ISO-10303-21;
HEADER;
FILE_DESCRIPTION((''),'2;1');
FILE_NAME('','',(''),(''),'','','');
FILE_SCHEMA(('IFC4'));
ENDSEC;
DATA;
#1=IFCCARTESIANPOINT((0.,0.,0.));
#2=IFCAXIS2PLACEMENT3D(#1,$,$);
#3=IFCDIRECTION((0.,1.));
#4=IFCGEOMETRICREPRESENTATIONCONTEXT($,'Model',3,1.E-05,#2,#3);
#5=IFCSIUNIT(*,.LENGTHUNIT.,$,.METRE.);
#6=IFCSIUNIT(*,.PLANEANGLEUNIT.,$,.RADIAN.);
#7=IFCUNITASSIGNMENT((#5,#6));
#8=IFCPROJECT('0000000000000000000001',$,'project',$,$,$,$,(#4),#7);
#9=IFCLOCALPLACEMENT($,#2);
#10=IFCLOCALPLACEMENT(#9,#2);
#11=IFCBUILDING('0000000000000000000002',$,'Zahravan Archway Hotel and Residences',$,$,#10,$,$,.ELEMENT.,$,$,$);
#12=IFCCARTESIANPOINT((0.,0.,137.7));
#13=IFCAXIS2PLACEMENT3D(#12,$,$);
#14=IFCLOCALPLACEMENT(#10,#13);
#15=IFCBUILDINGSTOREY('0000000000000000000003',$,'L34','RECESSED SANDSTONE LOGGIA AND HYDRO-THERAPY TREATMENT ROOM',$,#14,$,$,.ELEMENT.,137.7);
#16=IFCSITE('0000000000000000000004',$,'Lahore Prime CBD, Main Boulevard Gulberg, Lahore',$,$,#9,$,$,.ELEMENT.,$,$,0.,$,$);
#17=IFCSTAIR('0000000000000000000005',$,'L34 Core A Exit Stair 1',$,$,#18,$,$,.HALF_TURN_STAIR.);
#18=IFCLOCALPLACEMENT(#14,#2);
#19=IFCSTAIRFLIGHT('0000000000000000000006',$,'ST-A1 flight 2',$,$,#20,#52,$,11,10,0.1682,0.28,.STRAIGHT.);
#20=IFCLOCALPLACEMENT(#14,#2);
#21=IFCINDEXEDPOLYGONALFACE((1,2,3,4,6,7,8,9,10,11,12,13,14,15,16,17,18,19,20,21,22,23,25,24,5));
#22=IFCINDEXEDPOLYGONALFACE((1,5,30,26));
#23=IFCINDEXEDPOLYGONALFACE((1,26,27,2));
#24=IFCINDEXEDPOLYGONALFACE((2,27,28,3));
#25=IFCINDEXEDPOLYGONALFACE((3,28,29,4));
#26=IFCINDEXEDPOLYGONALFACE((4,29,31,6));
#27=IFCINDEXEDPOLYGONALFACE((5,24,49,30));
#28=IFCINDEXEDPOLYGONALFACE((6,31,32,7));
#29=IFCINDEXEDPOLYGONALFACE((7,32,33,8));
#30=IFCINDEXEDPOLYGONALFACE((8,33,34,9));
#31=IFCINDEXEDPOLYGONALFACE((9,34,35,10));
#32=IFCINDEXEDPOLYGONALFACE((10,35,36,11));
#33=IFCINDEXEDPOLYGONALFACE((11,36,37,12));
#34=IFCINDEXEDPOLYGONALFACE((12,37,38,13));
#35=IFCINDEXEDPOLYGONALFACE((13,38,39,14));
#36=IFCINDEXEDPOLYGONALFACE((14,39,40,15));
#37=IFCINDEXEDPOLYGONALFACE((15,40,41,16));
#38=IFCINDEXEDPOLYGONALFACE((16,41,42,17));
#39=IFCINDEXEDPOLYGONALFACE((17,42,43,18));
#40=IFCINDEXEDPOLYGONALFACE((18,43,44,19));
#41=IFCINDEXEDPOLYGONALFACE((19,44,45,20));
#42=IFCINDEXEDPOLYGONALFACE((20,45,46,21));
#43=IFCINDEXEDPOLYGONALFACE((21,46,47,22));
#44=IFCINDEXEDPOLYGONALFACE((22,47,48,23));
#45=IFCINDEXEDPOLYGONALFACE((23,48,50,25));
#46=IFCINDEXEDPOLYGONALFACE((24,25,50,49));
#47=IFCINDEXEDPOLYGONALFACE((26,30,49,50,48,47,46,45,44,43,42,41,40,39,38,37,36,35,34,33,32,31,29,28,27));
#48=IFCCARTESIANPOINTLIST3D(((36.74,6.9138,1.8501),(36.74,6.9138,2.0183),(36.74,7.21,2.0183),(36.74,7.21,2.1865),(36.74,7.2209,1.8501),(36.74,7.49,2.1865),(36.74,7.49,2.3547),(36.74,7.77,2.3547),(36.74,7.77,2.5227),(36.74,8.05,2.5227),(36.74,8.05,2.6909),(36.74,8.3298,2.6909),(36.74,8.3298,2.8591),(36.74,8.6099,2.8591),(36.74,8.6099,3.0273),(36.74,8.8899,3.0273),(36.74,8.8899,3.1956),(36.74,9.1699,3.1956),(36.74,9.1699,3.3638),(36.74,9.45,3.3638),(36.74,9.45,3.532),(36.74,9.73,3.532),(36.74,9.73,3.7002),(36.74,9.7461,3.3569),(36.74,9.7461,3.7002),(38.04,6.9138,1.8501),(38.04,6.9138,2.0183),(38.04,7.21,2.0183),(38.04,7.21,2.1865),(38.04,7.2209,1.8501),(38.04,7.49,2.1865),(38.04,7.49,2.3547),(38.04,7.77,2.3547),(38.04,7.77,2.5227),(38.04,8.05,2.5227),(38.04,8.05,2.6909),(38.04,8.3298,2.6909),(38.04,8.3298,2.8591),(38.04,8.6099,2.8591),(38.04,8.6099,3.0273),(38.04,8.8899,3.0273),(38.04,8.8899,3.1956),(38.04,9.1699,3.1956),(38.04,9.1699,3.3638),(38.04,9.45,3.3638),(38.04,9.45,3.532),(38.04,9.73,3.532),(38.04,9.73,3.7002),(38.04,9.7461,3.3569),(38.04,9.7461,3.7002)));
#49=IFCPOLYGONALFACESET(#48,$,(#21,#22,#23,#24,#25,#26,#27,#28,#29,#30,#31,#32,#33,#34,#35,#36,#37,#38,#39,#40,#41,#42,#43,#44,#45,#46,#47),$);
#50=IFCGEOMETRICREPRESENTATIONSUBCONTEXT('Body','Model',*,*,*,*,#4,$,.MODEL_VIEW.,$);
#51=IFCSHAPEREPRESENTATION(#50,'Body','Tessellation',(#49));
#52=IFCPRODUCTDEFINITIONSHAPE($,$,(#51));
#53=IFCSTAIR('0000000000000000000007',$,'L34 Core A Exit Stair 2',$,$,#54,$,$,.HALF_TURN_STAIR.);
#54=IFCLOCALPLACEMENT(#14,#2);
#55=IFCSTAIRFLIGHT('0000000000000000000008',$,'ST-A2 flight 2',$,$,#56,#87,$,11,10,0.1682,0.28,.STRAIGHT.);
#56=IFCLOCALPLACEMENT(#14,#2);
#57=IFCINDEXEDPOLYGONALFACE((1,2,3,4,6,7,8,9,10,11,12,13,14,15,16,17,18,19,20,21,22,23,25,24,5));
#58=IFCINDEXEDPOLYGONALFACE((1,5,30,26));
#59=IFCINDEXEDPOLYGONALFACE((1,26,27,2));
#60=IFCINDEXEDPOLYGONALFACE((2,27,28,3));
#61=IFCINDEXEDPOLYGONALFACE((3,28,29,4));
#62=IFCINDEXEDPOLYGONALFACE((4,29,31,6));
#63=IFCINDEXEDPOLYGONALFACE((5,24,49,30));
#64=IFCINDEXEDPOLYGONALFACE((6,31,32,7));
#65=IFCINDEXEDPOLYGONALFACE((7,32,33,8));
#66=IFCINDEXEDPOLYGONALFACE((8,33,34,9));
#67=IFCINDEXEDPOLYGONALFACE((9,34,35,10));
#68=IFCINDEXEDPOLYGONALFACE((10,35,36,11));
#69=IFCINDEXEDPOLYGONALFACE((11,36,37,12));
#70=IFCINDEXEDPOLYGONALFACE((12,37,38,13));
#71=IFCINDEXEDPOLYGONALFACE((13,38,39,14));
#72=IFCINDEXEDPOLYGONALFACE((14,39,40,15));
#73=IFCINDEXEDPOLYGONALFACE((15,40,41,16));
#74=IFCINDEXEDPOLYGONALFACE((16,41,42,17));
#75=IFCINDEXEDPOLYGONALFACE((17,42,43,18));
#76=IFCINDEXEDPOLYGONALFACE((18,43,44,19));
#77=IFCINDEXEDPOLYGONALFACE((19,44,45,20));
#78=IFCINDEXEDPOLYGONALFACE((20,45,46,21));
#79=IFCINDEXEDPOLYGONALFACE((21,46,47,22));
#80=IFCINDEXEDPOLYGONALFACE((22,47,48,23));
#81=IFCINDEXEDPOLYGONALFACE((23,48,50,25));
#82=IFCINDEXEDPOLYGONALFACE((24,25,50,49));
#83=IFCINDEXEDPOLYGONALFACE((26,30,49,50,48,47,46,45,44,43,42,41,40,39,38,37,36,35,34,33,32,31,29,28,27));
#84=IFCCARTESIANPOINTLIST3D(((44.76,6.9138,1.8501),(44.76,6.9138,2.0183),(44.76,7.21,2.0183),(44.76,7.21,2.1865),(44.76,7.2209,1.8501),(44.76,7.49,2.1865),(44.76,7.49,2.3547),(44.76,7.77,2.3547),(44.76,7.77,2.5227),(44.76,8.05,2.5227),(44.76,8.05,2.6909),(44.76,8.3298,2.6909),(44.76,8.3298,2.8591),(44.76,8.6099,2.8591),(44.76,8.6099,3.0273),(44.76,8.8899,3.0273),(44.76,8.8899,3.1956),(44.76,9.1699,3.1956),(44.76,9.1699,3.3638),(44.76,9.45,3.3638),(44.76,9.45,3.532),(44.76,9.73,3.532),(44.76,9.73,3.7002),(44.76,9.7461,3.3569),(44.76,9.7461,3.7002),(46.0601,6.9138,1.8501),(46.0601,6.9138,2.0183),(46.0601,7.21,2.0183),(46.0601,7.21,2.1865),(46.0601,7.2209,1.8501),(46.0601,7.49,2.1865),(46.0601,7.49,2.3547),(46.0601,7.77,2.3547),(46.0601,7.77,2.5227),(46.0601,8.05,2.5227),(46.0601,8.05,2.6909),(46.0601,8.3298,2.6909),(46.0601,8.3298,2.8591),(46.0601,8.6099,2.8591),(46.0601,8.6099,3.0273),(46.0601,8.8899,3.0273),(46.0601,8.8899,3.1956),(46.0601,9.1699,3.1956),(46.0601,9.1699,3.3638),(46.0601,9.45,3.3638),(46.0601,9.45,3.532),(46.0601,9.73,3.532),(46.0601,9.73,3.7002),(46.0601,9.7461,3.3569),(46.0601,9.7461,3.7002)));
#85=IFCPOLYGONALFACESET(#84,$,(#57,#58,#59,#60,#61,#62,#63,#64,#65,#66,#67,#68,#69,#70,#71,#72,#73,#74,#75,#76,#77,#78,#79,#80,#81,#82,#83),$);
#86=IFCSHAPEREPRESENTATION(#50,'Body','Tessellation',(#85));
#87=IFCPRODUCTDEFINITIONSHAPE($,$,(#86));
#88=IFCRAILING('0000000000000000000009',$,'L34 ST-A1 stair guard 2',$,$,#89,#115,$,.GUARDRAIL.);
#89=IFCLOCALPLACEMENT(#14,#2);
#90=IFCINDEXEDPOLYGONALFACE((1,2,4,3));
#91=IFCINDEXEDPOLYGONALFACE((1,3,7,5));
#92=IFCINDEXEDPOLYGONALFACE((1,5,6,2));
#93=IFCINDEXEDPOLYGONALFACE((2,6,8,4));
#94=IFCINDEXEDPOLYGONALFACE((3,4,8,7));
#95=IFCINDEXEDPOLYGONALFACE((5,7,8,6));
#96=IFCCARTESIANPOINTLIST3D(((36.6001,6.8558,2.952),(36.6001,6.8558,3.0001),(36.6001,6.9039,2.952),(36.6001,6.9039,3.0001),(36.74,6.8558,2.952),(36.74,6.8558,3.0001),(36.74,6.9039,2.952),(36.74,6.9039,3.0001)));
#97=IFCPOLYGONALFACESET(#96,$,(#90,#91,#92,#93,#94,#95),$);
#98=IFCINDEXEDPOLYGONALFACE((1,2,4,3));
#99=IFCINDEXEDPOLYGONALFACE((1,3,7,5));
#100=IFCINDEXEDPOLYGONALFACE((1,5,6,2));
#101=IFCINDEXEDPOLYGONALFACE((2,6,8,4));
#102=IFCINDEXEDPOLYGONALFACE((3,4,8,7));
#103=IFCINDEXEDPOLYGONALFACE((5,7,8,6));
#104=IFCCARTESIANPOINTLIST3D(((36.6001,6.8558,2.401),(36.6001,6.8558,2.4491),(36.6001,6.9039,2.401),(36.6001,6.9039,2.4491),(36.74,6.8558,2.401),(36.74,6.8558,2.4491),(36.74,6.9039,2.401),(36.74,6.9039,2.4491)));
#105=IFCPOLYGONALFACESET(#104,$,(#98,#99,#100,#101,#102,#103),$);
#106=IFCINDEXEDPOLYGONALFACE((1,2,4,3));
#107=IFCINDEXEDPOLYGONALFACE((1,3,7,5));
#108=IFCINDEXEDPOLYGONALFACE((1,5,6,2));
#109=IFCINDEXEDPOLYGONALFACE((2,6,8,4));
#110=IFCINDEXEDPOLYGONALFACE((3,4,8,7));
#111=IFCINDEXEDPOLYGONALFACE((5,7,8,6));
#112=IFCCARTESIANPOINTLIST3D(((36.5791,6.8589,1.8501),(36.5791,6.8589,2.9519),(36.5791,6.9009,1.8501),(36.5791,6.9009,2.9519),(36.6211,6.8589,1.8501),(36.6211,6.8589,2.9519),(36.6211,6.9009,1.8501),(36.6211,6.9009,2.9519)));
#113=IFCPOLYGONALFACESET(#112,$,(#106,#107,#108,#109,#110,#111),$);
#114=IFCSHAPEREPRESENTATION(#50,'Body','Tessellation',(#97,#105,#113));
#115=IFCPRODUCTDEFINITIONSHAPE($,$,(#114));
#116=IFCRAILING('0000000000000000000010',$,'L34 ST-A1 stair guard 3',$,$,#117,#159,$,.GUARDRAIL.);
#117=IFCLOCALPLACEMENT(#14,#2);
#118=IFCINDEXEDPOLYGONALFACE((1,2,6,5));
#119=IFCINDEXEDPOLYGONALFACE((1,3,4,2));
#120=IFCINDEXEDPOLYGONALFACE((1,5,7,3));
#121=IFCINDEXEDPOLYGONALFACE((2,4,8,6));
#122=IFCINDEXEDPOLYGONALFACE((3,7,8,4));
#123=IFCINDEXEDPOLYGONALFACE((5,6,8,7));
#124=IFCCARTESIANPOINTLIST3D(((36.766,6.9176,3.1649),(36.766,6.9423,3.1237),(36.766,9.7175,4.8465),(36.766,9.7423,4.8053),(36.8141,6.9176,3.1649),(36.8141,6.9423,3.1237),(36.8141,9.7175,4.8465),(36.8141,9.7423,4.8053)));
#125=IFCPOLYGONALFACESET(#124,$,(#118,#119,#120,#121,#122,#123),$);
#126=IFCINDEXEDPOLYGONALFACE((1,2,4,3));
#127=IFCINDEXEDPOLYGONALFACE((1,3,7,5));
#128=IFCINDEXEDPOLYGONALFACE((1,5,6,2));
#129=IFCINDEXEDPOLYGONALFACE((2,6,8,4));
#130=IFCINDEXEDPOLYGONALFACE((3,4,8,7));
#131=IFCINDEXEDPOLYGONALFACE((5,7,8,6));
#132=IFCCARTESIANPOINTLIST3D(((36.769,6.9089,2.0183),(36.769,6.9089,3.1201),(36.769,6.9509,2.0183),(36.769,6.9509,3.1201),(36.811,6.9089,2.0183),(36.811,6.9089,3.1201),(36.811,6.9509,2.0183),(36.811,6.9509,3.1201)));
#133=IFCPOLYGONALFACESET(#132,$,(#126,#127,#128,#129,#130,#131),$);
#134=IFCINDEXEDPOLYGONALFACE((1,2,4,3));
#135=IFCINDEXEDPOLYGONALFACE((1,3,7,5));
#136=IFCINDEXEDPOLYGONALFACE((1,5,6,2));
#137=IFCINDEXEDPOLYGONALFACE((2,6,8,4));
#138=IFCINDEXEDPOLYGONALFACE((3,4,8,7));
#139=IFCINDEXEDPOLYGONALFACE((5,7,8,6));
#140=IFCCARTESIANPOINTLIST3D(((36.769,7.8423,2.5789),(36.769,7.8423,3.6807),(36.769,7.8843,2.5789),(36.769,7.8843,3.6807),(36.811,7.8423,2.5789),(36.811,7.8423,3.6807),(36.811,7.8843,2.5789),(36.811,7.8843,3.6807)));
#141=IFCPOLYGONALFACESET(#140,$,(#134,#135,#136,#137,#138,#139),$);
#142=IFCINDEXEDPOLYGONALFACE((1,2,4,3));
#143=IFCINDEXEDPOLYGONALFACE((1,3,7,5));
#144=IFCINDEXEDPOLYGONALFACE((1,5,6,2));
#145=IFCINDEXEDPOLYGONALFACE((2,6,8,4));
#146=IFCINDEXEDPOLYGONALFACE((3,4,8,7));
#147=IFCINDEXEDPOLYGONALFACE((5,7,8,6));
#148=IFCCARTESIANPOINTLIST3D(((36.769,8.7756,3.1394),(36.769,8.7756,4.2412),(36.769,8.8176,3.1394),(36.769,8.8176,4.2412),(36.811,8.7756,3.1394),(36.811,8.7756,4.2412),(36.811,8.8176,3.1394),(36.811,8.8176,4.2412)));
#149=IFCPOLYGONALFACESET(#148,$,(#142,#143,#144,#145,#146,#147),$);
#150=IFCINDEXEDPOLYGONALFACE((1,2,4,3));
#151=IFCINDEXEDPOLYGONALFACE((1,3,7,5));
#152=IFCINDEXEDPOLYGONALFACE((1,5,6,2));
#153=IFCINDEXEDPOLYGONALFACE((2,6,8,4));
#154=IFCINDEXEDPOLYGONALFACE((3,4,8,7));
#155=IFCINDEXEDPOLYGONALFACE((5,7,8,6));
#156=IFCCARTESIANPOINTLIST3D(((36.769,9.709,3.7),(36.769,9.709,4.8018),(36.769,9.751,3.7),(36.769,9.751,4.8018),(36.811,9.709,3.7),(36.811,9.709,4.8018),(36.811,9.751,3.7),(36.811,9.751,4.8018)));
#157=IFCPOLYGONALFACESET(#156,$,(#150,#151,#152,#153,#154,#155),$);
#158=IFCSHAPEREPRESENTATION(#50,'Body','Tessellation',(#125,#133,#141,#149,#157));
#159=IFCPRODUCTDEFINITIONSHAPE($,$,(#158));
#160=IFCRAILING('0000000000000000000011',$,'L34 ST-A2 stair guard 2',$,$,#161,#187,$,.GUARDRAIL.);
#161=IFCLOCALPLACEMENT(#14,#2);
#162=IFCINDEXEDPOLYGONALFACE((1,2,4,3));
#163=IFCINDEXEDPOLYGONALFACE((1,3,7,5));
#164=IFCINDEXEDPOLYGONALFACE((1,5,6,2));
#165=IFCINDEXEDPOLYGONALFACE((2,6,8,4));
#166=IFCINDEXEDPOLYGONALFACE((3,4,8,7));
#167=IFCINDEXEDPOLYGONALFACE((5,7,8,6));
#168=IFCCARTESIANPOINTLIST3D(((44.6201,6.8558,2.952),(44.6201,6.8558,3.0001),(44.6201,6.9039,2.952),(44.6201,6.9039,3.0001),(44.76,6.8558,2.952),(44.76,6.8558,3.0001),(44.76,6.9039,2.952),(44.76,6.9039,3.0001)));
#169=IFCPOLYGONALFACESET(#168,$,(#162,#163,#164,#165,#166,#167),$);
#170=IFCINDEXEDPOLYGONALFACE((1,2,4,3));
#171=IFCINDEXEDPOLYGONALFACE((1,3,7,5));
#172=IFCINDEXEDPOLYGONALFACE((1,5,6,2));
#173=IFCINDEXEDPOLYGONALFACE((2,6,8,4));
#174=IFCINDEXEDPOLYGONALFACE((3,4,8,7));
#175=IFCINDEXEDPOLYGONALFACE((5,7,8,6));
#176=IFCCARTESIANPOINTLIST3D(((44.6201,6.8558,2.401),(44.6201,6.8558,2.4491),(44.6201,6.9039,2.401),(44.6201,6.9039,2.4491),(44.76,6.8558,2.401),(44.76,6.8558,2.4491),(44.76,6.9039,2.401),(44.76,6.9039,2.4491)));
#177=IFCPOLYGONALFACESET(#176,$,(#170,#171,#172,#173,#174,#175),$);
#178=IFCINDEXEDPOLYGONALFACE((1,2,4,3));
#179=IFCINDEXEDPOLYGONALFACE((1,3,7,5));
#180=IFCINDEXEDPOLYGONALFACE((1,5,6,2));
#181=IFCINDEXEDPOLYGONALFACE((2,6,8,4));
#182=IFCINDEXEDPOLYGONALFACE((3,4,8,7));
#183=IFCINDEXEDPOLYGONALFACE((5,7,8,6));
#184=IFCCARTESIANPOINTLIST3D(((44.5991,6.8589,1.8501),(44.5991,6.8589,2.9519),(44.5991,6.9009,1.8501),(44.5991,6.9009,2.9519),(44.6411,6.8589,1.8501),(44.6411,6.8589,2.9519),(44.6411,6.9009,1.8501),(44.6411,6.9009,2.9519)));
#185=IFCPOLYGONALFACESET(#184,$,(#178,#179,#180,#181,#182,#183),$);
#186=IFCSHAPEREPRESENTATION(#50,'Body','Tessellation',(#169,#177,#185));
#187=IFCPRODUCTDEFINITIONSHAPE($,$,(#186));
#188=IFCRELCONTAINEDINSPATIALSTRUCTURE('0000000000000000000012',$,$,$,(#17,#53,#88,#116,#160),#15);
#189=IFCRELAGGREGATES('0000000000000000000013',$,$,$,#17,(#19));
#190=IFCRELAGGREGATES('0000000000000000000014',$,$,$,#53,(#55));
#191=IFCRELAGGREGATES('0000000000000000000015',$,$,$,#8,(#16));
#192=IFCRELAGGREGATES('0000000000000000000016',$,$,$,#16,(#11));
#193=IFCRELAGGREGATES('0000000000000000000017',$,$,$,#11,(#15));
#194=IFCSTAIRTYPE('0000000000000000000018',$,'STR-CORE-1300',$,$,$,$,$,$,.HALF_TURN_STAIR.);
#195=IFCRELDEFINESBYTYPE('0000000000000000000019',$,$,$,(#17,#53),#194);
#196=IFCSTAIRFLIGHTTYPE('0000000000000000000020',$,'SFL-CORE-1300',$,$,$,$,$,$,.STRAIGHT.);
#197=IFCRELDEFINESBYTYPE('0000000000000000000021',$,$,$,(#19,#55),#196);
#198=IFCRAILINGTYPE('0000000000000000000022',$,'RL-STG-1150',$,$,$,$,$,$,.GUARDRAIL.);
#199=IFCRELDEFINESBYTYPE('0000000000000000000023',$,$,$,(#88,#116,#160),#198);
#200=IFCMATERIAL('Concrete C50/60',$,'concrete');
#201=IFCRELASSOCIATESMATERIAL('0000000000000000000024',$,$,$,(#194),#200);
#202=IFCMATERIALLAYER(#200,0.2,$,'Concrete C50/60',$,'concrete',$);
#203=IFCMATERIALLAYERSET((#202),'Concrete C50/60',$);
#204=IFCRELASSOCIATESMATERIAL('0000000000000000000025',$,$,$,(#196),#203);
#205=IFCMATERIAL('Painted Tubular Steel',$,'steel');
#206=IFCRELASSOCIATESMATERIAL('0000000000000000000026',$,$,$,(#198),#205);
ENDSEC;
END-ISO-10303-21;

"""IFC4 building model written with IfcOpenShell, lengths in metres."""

from ifc_helpers import new_model, si_unit, direction, frame, origin, origin_2d, place, context, subcontext, project, spatial, polyline, rectangle, outline, extrude, source, transform, mapped, material, layer, layer_set, type_object, element, aggregate, save


model = new_model("IFC4")

# Units and contexts
model_context = context("Model", 3, precision=1e-05, world=origin(), true_north=direction((0.0, 1.0)))
body_context = subcontext(model_context, "Body", "Model", "MODEL_VIEW")
ifc_project = project(units=[si_unit("LENGTHUNIT", "METRE"), si_unit("PLANEANGLEUNIT", "RADIAN")], contexts=[model_context])

# Site, building, storey
site_placement = place(None, origin())
site = spatial("IfcSite", under=ifc_project, at=site_placement, Name="Lahore Prime CBD, Main Boulevard Gulberg, Lahore", CompositionType="ELEMENT", RefElevation=0.0)
building_placement = place(site_placement, origin())
building = spatial("IfcBuilding", under=site, at=building_placement, Name="Zahravan Archway Hotel and Residences", CompositionType="ELEMENT")
storey_placement = place(building_placement, frame((0.0, 0.0, 137.7)))
storey = spatial("IfcBuildingStorey", under=building, at=storey_placement, Name="L34", Description="RECESSED SANDSTONE LOGGIA AND HYDRO-THERAPY TREATMENT ROOM", CompositionType="ELEMENT", Elevation=137.7)

# Shared definitions
ifc_material_1 = material(Name="Concrete C50/60", Category="concrete")

# Stairs, stair flights
stair_type = type_object("IfcStairType", Name="STR-CORE-1300", PredefinedType="HALF_TURN_STAIR", material=ifc_material_1)
stair_1_placement = place(storey_placement, origin())
stair_1 = element("IfcStair", 1, at=stair_1_placement, inside=storey, type_object=stair_type, Name="L34 Core A Exit Stair 1", PredefinedType="HALF_TURN_STAIR")
ifc_layer_1 = layer(ifc_material_1, 0.2, Name="Concrete C50/60", Category="concrete")
ifc_layer_set_1 = layer_set([ifc_layer_1], Name="Concrete C50/60")
stair_flight_type = type_object("IfcStairFlightType", Name="SFL-CORE-1300", PredefinedType="STRAIGHT", material=ifc_layer_set_1)
shared_shape_1 = source(origin(), body_context, "Body", "SweptSolid", [
    extrude(outline(polyline([(-0.0161, 0.0), (-0.0161, 0.1682), (0.28, 0.1682), (0.28, 0.3364), (0.5601, 0.3364), (0.5601, 0.5046), (0.8401, 0.5046), (0.8401, 0.6726), (1.1201, 0.6726), (1.1201, 0.8408), (1.3999, 0.8408), (1.3999, 1.009), (1.6799, 1.009), (1.6799, 1.1772), (1.96, 1.1772), (1.96, 1.3455), (2.24, 1.3455), (2.24, 1.5137), (2.52, 1.5137), (2.52, 1.6819), (2.8, 1.6819), (2.8, 1.8501), (2.8162, 1.8501), (2.8162, 1.5068), (0.291, 0.0), (-0.0161, 0.0)])), frame((0.0, 0.6499, 0.0), z_axis=(0.0, -1.0, 0.0), x_axis=(1.0, 0.0, 0.0)), (0.0, 0.0, 1.0), 1.3),
])
stair_flight_1_placement = place(storey_placement, frame((37.3899, 6.9299, 1.8501), z_axis=(0.0, 0.0, 1.0), x_axis=(0.0, 1.0, 0.0)))
stair_flight_1 = element("IfcStairFlight", 2, at=stair_flight_1_placement, type_object=stair_flight_type, Name="ST-A1 flight 2", NumberOfRisers=11, NumberOfTreads=10, PredefinedType="STRAIGHT", RiserHeight=0.1682, TreadLength=0.28, context=body_context, shape_type="MappedRepresentation", body=[
    mapped(shared_shape_1, transform((0.0, 0.0, 0.0), scale=1.0)),
])
aggregate(stair_1, [stair_flight_1])
stair_2_placement = place(storey_placement, origin())
stair_2 = element("IfcStair", 3, at=stair_2_placement, inside=storey, type_object=stair_type, Name="L34 Core A Exit Stair 2", PredefinedType="HALF_TURN_STAIR")
stair_flight_2_placement = place(storey_placement, frame((45.4099, 6.9299, 1.8501), z_axis=(0.0, 0.0, 1.0), x_axis=(0.0, 1.0, 0.0)))
stair_flight_2 = element("IfcStairFlight", 4, at=stair_flight_2_placement, type_object=stair_flight_type, Name="ST-A2 flight 2", NumberOfRisers=11, NumberOfTreads=10, PredefinedType="STRAIGHT", RiserHeight=0.1682, TreadLength=0.28, context=body_context, shape_type="MappedRepresentation", body=[
    mapped(shared_shape_1, transform((0.0, 0.0, 0.0), scale=1.0)),
])
aggregate(stair_2, [stair_flight_2])

# Railings
ifc_material_2 = material(Name="Painted Tubular Steel", Category="steel")
railing_type_1 = type_object("IfcRailingType", Name="RL-STG-1150", PredefinedType="GUARDRAIL", material=ifc_material_2)
railing_1_placement = place(storey_placement, frame((36.6001, 6.8799, 1.8501)))
element("IfcRailing", 5, at=railing_1_placement, inside=storey, type_object=railing_type_1, Name="L34 ST-A1 stair guard 2", PredefinedType="GUARDRAIL", context=body_context, shape_type="SweptSolid", body=[
    extrude(rectangle(XDim=0.0481, YDim=0.0481, at=origin_2d()), frame((0.0, 0.0, 1.126), z_axis=(1.0, 0.0, 0.0), x_axis=(0.0, 1.0, 0.0)), (0.0, 0.0, 1.0), 0.1399),
    extrude(rectangle(XDim=0.0481, YDim=0.0481, at=origin_2d()), frame((0.0, 0.0, 0.575), z_axis=(1.0, 0.0, 0.0), x_axis=(0.0, 1.0, 0.0)), (0.0, 0.0, 1.0), 0.1399),
    extrude(rectangle(XDim=0.042, YDim=0.042, at=origin_2d()), origin(), (0.0, 0.0, 1.0), 1.1018),
])
railing_2_placement = place(storey_placement, frame((36.79, 6.9299, 2.0183)))
element("IfcRailing", 6, at=railing_2_placement, inside=storey, type_object=railing_type_1, Name="L34 ST-A1 stair guard 3", PredefinedType="GUARDRAIL", context=body_context, shape_type="SweptSolid", body=[
    extrude(rectangle(XDim=0.0481, YDim=0.0481, at=origin_2d()), frame((0.0, 0.0, 1.126), z_axis=(0.0, 0.857275, 0.514858), x_axis=(-1.0, 0.0, 0.0)), (0.0, 0.0, 1.0), 3.2661),
    extrude(rectangle(XDim=0.042, YDim=0.042, at=origin_2d()), origin(), (0.0, 0.0, 1.0), 1.1018),
    extrude(rectangle(XDim=0.042, YDim=0.042, at=origin_2d()), frame((0.0, 0.9333, 0.5605)), (0.0, 0.0, 1.0), 1.1018),
    extrude(rectangle(XDim=0.042, YDim=0.042, at=origin_2d()), frame((0.0, 1.8667, 1.1211)), (0.0, 0.0, 1.0), 1.1018),
    extrude(rectangle(XDim=0.042, YDim=0.042, at=origin_2d()), frame((0.0, 2.8, 1.6816)), (0.0, 0.0, 1.0), 1.1018),
])
railing_3_placement = place(storey_placement, frame((44.6201, 6.8799, 1.8501)))
element("IfcRailing", 7, at=railing_3_placement, inside=storey, type_object=railing_type_1, Name="L34 ST-A2 stair guard 2", PredefinedType="GUARDRAIL", context=body_context, shape_type="SweptSolid", body=[
    extrude(rectangle(XDim=0.0481, YDim=0.0481, at=origin_2d()), frame((0.0, 0.0, 1.126), z_axis=(1.0, 0.0, 0.0), x_axis=(0.0, 1.0, 0.0)), (0.0, 0.0, 1.0), 0.1399),
    extrude(rectangle(XDim=0.0481, YDim=0.0481, at=origin_2d()), frame((0.0, 0.0, 0.575), z_axis=(1.0, 0.0, 0.0), x_axis=(0.0, 1.0, 0.0)), (0.0, 0.0, 1.0), 0.1399),
    extrude(rectangle(XDim=0.042, YDim=0.042, at=origin_2d()), origin(), (0.0, 0.0, 1.0), 1.1018),
])

save(model, "model.ifc")
